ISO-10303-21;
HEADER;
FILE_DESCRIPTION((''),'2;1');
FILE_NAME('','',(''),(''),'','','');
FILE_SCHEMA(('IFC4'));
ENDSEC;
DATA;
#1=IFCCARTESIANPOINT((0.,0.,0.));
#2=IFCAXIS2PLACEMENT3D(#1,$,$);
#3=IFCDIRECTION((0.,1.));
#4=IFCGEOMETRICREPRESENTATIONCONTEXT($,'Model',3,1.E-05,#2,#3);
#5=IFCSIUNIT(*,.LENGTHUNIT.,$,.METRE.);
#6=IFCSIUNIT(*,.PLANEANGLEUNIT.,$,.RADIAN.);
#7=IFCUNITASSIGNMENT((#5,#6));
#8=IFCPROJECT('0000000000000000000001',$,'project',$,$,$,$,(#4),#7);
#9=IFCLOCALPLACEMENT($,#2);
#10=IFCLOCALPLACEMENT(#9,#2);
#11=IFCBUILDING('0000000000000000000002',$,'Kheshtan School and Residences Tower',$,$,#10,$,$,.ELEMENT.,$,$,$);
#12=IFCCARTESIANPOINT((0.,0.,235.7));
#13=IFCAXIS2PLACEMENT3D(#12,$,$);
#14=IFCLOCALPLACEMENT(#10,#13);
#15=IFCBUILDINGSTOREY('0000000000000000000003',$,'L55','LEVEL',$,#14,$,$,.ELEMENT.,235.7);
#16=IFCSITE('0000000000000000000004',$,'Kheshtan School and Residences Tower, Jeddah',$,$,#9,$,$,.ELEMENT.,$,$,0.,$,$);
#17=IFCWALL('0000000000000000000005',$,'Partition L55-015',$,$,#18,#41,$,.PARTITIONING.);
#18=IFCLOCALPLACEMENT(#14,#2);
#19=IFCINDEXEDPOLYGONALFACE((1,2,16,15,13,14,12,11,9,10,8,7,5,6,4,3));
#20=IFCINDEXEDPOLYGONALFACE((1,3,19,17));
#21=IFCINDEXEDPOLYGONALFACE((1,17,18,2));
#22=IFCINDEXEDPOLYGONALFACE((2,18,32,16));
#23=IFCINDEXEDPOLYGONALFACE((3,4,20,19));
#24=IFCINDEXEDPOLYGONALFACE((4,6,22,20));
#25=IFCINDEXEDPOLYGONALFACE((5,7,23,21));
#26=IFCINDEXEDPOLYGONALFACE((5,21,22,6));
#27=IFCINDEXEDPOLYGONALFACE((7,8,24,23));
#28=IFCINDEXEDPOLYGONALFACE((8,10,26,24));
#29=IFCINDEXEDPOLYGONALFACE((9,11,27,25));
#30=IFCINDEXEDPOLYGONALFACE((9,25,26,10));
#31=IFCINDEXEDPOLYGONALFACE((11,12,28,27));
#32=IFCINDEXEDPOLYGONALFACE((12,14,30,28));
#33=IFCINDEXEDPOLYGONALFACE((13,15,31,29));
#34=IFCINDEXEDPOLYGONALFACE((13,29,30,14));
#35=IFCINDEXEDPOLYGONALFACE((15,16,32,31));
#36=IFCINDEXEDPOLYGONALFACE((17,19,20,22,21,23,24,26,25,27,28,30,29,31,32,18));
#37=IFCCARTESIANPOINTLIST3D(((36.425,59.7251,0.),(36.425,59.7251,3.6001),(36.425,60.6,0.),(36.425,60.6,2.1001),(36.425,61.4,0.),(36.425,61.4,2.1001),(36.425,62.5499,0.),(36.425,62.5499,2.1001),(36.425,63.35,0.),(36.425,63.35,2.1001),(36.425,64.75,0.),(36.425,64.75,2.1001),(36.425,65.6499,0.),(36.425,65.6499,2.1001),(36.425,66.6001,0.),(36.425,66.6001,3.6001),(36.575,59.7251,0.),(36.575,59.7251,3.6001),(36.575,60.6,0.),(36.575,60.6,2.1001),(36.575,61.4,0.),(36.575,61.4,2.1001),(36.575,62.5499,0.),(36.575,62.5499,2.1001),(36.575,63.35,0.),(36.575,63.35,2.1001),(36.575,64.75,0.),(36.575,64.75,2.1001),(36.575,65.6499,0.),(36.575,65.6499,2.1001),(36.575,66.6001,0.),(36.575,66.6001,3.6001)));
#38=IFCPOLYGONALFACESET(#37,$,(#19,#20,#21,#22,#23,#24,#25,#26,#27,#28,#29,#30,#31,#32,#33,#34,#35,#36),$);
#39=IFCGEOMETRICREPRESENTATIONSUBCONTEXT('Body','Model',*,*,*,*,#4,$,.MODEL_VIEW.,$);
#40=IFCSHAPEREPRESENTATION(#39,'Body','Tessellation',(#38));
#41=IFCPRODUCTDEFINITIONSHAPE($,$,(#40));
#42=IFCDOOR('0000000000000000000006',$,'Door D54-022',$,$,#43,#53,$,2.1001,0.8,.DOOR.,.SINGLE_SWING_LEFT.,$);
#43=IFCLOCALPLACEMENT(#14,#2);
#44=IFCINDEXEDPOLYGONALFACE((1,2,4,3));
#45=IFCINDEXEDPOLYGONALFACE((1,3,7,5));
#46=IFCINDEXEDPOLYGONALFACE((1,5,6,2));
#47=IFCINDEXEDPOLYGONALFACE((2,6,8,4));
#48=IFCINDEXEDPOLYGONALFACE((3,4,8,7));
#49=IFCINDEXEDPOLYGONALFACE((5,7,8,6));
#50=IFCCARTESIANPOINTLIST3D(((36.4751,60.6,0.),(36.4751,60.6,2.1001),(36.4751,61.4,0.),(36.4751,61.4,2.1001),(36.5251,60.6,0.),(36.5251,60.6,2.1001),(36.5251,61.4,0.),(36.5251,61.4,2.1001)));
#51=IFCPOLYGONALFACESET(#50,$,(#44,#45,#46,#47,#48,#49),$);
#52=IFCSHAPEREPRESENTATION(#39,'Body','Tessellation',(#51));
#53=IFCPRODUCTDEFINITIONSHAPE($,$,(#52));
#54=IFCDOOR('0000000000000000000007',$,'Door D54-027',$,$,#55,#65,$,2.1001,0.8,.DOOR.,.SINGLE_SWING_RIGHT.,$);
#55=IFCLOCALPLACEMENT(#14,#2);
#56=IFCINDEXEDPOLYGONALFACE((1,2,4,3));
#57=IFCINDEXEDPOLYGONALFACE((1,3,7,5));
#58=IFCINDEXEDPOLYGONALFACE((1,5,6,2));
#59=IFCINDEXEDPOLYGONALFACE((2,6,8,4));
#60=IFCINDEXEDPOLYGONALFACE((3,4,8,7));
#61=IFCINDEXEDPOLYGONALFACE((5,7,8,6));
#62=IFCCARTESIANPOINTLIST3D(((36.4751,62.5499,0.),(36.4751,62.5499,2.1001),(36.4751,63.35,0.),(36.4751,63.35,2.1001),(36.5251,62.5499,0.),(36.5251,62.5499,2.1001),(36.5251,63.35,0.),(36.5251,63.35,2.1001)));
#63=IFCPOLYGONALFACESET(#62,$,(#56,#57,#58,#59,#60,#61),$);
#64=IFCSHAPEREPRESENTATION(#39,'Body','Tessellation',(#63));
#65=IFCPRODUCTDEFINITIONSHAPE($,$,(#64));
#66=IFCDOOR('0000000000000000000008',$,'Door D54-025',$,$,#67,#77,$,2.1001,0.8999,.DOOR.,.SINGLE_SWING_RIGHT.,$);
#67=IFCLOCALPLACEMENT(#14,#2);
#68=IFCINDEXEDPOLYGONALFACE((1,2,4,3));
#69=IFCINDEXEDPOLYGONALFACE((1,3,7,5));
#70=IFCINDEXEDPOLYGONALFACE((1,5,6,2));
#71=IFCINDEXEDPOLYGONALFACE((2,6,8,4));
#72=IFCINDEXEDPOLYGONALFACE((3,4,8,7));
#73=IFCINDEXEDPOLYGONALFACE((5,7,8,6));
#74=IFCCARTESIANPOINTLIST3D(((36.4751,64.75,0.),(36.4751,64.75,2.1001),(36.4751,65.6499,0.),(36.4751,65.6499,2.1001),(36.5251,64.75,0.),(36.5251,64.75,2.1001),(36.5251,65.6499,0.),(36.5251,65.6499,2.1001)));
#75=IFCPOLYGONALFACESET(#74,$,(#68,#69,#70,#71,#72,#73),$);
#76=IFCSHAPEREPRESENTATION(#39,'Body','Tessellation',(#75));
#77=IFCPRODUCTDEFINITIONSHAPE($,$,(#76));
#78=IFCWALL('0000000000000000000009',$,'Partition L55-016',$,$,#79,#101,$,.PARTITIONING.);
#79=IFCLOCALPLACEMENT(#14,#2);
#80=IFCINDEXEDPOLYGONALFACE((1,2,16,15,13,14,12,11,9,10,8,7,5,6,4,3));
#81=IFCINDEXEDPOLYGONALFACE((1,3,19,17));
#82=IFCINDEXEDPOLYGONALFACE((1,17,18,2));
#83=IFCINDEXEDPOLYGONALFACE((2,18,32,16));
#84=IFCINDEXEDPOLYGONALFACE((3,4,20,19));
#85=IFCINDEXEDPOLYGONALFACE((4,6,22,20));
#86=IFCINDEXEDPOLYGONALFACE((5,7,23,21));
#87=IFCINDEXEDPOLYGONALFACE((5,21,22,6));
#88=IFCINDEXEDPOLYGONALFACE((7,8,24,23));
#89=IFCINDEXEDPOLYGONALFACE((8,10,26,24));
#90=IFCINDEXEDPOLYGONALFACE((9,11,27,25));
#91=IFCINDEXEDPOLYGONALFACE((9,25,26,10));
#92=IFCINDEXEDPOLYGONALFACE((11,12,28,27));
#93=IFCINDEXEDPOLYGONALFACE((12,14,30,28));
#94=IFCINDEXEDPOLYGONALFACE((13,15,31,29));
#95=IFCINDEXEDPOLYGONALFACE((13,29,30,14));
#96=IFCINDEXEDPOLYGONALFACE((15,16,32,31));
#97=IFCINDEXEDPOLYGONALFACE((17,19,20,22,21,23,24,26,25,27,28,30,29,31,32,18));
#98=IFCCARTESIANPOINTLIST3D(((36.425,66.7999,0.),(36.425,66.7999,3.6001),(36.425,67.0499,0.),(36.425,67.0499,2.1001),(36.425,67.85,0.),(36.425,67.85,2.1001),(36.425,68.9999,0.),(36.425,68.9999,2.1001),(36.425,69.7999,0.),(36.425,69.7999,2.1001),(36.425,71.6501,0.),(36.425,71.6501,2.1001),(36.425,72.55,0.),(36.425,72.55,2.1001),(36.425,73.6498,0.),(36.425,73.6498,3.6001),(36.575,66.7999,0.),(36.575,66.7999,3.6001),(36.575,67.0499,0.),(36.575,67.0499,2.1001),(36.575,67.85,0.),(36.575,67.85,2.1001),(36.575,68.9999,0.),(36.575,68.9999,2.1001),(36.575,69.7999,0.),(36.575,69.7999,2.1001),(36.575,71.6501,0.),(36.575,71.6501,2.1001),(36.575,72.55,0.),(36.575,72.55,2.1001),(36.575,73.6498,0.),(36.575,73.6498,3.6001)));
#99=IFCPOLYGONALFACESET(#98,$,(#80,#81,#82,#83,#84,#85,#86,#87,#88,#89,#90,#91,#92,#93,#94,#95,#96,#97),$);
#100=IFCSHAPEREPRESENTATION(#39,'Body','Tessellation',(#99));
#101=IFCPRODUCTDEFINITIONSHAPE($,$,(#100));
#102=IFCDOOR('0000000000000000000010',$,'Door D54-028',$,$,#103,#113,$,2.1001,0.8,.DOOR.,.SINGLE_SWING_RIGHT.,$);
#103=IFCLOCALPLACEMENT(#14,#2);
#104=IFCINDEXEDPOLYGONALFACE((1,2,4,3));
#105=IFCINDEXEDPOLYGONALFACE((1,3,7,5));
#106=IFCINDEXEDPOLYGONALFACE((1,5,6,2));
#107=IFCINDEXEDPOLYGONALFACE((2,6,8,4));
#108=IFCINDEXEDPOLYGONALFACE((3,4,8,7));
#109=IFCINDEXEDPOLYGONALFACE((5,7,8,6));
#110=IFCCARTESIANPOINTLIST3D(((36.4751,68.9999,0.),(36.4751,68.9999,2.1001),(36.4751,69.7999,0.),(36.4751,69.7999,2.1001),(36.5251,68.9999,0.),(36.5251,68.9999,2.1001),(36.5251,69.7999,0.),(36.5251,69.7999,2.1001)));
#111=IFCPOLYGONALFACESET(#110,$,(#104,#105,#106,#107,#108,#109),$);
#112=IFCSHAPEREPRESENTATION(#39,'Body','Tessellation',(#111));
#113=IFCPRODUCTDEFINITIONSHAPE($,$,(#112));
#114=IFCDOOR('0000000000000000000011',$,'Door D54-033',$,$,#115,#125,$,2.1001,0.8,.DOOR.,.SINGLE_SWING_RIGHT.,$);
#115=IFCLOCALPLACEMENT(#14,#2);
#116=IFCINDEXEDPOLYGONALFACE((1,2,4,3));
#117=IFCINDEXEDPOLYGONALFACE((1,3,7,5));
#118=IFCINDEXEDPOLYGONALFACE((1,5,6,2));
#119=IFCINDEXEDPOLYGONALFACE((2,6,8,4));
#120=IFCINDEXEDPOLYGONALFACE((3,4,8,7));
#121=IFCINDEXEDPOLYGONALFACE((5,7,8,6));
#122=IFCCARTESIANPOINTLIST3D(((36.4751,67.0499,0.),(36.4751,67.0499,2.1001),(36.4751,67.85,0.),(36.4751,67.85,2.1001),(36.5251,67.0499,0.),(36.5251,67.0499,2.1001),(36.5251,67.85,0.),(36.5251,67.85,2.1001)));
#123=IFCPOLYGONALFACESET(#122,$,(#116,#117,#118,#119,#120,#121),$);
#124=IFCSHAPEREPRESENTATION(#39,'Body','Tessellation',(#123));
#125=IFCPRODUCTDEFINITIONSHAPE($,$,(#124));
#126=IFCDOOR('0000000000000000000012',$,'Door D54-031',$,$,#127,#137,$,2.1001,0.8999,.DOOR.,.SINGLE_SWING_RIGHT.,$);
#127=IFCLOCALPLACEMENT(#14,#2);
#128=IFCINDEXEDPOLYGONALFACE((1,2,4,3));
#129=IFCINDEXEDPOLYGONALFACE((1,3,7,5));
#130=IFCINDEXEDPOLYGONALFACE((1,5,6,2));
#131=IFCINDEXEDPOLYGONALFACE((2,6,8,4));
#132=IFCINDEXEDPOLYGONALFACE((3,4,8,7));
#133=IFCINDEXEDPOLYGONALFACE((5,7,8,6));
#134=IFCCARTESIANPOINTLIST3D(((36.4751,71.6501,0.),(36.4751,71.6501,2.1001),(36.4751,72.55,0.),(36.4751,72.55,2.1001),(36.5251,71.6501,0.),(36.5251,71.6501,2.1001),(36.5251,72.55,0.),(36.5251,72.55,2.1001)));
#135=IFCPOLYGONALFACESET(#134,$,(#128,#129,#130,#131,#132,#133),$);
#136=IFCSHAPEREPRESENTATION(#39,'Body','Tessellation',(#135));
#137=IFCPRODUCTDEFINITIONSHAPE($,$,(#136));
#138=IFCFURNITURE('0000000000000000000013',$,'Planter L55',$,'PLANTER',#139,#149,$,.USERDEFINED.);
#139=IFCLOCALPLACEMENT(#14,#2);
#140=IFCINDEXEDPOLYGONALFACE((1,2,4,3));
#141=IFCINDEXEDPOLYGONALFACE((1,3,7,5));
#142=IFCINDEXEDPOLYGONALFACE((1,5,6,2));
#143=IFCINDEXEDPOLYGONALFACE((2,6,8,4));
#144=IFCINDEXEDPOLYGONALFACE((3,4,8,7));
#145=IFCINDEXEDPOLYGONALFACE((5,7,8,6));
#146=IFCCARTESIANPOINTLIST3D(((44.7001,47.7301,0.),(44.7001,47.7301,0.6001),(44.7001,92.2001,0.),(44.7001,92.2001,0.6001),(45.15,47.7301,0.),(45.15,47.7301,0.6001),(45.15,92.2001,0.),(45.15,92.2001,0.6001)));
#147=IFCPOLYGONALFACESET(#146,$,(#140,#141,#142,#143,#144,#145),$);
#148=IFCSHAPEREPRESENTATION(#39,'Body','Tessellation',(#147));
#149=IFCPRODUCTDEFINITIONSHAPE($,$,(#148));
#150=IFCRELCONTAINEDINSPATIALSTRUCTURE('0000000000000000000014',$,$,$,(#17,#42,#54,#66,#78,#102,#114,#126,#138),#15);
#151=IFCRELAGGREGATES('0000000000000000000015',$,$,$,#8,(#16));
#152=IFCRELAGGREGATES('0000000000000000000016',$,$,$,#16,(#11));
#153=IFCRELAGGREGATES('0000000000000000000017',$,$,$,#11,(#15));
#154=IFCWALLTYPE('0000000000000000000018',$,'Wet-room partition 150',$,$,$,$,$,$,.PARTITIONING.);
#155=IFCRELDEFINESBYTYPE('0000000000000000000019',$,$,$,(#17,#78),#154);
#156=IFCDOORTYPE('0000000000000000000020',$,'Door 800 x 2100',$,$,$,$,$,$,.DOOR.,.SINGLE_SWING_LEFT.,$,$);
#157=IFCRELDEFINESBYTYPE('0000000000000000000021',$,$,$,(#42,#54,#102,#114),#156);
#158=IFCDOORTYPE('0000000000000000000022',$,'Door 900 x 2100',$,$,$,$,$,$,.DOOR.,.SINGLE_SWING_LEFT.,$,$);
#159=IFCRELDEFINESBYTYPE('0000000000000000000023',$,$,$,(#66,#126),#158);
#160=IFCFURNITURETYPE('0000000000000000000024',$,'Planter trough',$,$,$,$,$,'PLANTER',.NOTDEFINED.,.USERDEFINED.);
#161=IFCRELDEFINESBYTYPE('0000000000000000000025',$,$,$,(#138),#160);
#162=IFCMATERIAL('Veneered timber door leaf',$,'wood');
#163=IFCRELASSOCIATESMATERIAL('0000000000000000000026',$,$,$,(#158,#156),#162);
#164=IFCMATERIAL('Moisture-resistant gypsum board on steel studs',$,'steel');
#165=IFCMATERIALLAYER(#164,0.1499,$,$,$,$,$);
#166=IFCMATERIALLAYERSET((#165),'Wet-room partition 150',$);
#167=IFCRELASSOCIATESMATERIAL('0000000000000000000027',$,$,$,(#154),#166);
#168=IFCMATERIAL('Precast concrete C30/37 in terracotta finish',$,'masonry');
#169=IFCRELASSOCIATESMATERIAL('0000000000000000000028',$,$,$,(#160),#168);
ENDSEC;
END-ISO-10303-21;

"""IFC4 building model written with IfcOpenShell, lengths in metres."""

from ifc_helpers import new_model, si_unit, direction, frame, frame_2d, origin, origin_2d, place, context, subcontext, project, spatial, rectangle, extrude, source, transform, mapped, material, layer, layer_set, type_object, element, fill, save


model = new_model("IFC4")

# Units and contexts
model_context = context("Model", 3, precision=1e-05, world=origin(), true_north=direction((0.0, 1.0)))
body_context = subcontext(model_context, "Body", "Model", "MODEL_VIEW")
ifc_project = project(units=[si_unit("LENGTHUNIT", "METRE"), si_unit("PLANEANGLEUNIT", "RADIAN")], contexts=[model_context])

# Site, building, storey
site_placement = place(None, origin())
site = spatial("IfcSite", under=ifc_project, at=site_placement, Name="Kheshtan School and Residences Tower, Jeddah", CompositionType="ELEMENT", RefElevation=0.0)
building_placement = place(site_placement, origin())
building = spatial("IfcBuilding", under=site, at=building_placement, Name="Kheshtan School and Residences Tower", CompositionType="ELEMENT")
storey_placement = place(building_placement, frame((0.0, 0.0, 235.7)))
storey = spatial("IfcBuildingStorey", under=building, at=storey_placement, Name="L55", Description="LEVEL", CompositionType="ELEMENT", Elevation=235.7)

# Shared definitions
ifc_material_1 = material(Name="Veneered timber door leaf", Category="wood")
door_type_1 = type_object("IfcDoorType", Name="Door 900 x 2100", OperationType="SINGLE_SWING_LEFT", PredefinedType="DOOR", material=ifc_material_1)
shared_shape_1 = source(origin(), body_context, "Body", "SweptSolid", [
    extrude(rectangle(XDim=0.8999, YDim=2.1001, at=frame_2d((0.45, 1.05))), frame((0.0, 0.0249, 0.0), z_axis=(0.0, -1.0, 0.0), x_axis=(1.0, 0.0, 0.0)), (0.0, 0.0, 1.0), 0.05),
])

# Shared definitions
ifc_material_2 = material(Name="Moisture-resistant gypsum board on steel studs", Category="steel")
ifc_layer_1 = layer(ifc_material_2, 0.1499)
ifc_layer_set_1 = layer_set([ifc_layer_1], Name="Wet-room partition 150")
wall_type_1 = type_object("IfcWallType", Name="Wet-room partition 150", PredefinedType="PARTITIONING", material=ifc_layer_set_1)

# Walls, openings, doors
wall_1_placement = place(storey_placement, frame((36.5, 59.7251, 0.0), z_axis=(0.0, 0.0, 1.0), x_axis=(0.0, 1.0, 0.0)))
wall_1 = element("IfcWall", 1, at=wall_1_placement, inside=storey, type_object=wall_type_1, Name="Partition L55-015", PredefinedType="PARTITIONING", context=body_context, shape_type="SweptSolid", body=[
    extrude(rectangle(XDim=6.875, YDim=0.1499, at=frame_2d((3.4375, 0.0))), origin(), (0.0, 0.0, 1.0), 3.6001),
])
opening_1_placement = place(wall_1_placement, frame((0.875, 0.0, 0.0)))
opening_1 = element("IfcOpeningElement", 2, at=opening_1_placement, cuts=wall_1, PredefinedType="OPENING", context=body_context, shape_type="SweptSolid", body=[
    extrude(rectangle(XDim=0.8, YDim=2.1001, at=frame_2d((0.3999, 1.05))), frame((0.0, 0.085, 0.0), z_axis=(0.0, -1.0, 0.0), x_axis=(1.0, 0.0, 0.0)), (0.0, 0.0, 1.0), 0.1699),
])
opening_2_placement = place(wall_1_placement, frame((5.0249, 0.0, 0.0)))
opening_2 = element("IfcOpeningElement", 3, at=opening_2_placement, cuts=wall_1, PredefinedType="OPENING", context=body_context, shape_type="SweptSolid", body=[
    extrude(rectangle(XDim=0.8999, YDim=2.1001, at=frame_2d((0.45, 1.05))), frame((0.0, 0.085, 0.0), z_axis=(0.0, -1.0, 0.0), x_axis=(1.0, 0.0, 0.0)), (0.0, 0.0, 1.0), 0.1699),
])
opening_3_placement = place(wall_1_placement, frame((2.825, 0.0, 0.0)))
opening_3 = element("IfcOpeningElement", 4, at=opening_3_placement, cuts=wall_1, PredefinedType="OPENING", context=body_context, shape_type="SweptSolid", body=[
    extrude(rectangle(XDim=0.8, YDim=2.1001, at=frame_2d((0.3999, 1.05))), frame((0.0, 0.085, 0.0), z_axis=(0.0, -1.0, 0.0), x_axis=(1.0, 0.0, 0.0)), (0.0, 0.0, 1.0), 0.1699),
])
door_type_2 = type_object("IfcDoorType", Name="Door 800 x 2100", OperationType="SINGLE_SWING_LEFT", PredefinedType="DOOR", material=ifc_material_1)
shared_shape_2 = source(origin(), body_context, "Body", "SweptSolid", [
    extrude(rectangle(XDim=0.8, YDim=2.1001, at=frame_2d((0.3999, 1.05))), frame((0.0, 0.0249, 0.0), z_axis=(0.0, -1.0, 0.0), x_axis=(1.0, 0.0, 0.0)), (0.0, 0.0, 1.0), 0.05),
])
door_1_placement = place(opening_1_placement, origin())
door_1 = element("IfcDoor", 5, at=door_1_placement, inside=storey, type_object=door_type_2, Name="Door D54-022", OperationType="SINGLE_SWING_LEFT", OverallHeight=2.1001, OverallWidth=0.8, PredefinedType="DOOR", context=body_context, shape_type="MappedRepresentation", body=[
    mapped(shared_shape_2, transform((0.0, 0.0, 0.0), x_axis=(1.0, 0.0, 0.0), y_axis=(0.0, 1.0, 0.0), z_axis=(0.0, 0.0, 1.0), scale=1.0)),
])
fill(opening_1, door_1)
door_2_placement = place(opening_3_placement, origin())
door_2 = element("IfcDoor", 6, at=door_2_placement, inside=storey, type_object=door_type_2, Name="Door D54-027", OperationType="SINGLE_SWING_RIGHT", OverallHeight=2.1001, OverallWidth=0.8, PredefinedType="DOOR", context=body_context, shape_type="MappedRepresentation", body=[
    mapped(shared_shape_2, transform((0.0, 0.0, 0.0), x_axis=(1.0, 0.0, 0.0), y_axis=(0.0, 1.0, 0.0), z_axis=(0.0, 0.0, 1.0), scale=1.0)),
])
fill(opening_3, door_2)
door_3_placement = place(opening_2_placement, origin())
door_3 = element("IfcDoor", 7, at=door_3_placement, inside=storey, type_object=door_type_1, Name="Door D54-025", OperationType="SINGLE_SWING_RIGHT", OverallHeight=2.1001, OverallWidth=0.8999, PredefinedType="DOOR", context=body_context, shape_type="MappedRepresentation", body=[
    mapped(shared_shape_1, transform((0.0, 0.0, 0.0), x_axis=(1.0, 0.0, 0.0), y_axis=(0.0, 1.0, 0.0), z_axis=(0.0, 0.0, 1.0), scale=1.0)),
])
fill(opening_2, door_3)
wall_2_placement = place(storey_placement, frame((36.5, 66.8, 0.0), z_axis=(0.0, 0.0, 1.0), x_axis=(0.0, 1.0, 0.0)))
wall_2 = element("IfcWall", 8, at=wall_2_placement, inside=storey, type_object=wall_type_1, Name="Partition L55-016", PredefinedType="PARTITIONING", context=body_context, shape_type="SweptSolid", body=[
    extrude(rectangle(XDim=6.8499, YDim=0.1499, at=frame_2d((3.4248, 0.0))), origin(), (0.0, 0.0, 1.0), 3.6001),
])
opening_4_placement = place(wall_2_placement, frame((2.2, 0.0, 0.0)))
opening_4 = element("IfcOpeningElement", 9, at=opening_4_placement, cuts=wall_2, PredefinedType="OPENING", context=body_context, shape_type="SweptSolid", body=[
    extrude(rectangle(XDim=0.8, YDim=2.1001, at=frame_2d((0.3999, 1.05))), frame((0.0, 0.085, 0.0), z_axis=(0.0, -1.0, 0.0), x_axis=(1.0, 0.0, 0.0)), (0.0, 0.0, 1.0), 0.1699),
])
opening_5_placement = place(wall_2_placement, frame((4.8501, 0.0, 0.0)))
opening_5 = element("IfcOpeningElement", 10, at=opening_5_placement, cuts=wall_2, PredefinedType="OPENING", context=body_context, shape_type="SweptSolid", body=[
    extrude(rectangle(XDim=0.8999, YDim=2.1001, at=frame_2d((0.45, 1.05))), frame((0.0, 0.085, 0.0), z_axis=(0.0, -1.0, 0.0), x_axis=(1.0, 0.0, 0.0)), (0.0, 0.0, 1.0), 0.1699),
])
opening_6_placement = place(wall_2_placement, frame((0.25, 0.0, 0.0)))
opening_6 = element("IfcOpeningElement", 11, at=opening_6_placement, cuts=wall_2, PredefinedType="OPENING", context=body_context, shape_type="SweptSolid", body=[
    extrude(rectangle(XDim=0.8, YDim=2.1001, at=frame_2d((0.3999, 1.05))), frame((0.0, 0.085, 0.0), z_axis=(0.0, -1.0, 0.0), x_axis=(1.0, 0.0, 0.0)), (0.0, 0.0, 1.0), 0.1699),
])
door_4_placement = place(opening_4_placement, origin())
door_4 = element("IfcDoor", 12, at=door_4_placement, inside=storey, type_object=door_type_2, Name="Door D54-028", OperationType="SINGLE_SWING_RIGHT", OverallHeight=2.1001, OverallWidth=0.8, PredefinedType="DOOR", context=body_context, shape_type="MappedRepresentation", body=[
    mapped(shared_shape_2, transform((0.0, 0.0, 0.0), x_axis=(1.0, 0.0, 0.0), y_axis=(0.0, 1.0, 0.0), z_axis=(0.0, 0.0, 1.0), scale=1.0)),
])
fill(opening_4, door_4)
door_5_placement = place(opening_6_placement, origin())
door_5 = element("IfcDoor", 13, at=door_5_placement, inside=storey, type_object=door_type_2, Name="Door D54-033", OperationType="SINGLE_SWING_RIGHT", OverallHeight=2.1001, OverallWidth=0.8, PredefinedType="DOOR", context=body_context, shape_type="MappedRepresentation", body=[
    mapped(shared_shape_2, transform((0.0, 0.0, 0.0), x_axis=(1.0, 0.0, 0.0), y_axis=(0.0, 1.0, 0.0), z_axis=(0.0, 0.0, 1.0), scale=1.0)),
])
fill(opening_6, door_5)
door_6_placement = place(opening_5_placement, origin())
door_6 = element("IfcDoor", 14, at=door_6_placement, inside=storey, type_object=door_type_1, Name="Door D54-031", OperationType="SINGLE_SWING_RIGHT", OverallHeight=2.1001, OverallWidth=0.8999, PredefinedType="DOOR", context=body_context, shape_type="MappedRepresentation", body=[
    mapped(shared_shape_1, transform((0.0, 0.0, 0.0), x_axis=(1.0, 0.0, 0.0), y_axis=(0.0, 1.0, 0.0), z_axis=(0.0, 0.0, 1.0), scale=1.0)),
])
fill(opening_5, door_6)

# Furniture
ifc_material_3 = material(Name="Precast concrete C30/37 in terracotta finish", Category="masonry")
furniture_type = type_object("IfcFurnitureType", Name="Planter trough", ElementType="PLANTER", AssemblyPlace="NOTDEFINED", PredefinedType="USERDEFINED", material=ifc_material_3)
furniture_placement = place(storey_placement, frame((44.925, 69.9651, 0.0), z_axis=(0.0, 0.0, 1.0), x_axis=(0.0, -1.0, 0.0)))
element("IfcFurniture", 15, at=furniture_placement, inside=storey, type_object=furniture_type, Name="Planter L55", ObjectType="PLANTER", PredefinedType="USERDEFINED", context=body_context, shape_type="SweptSolid", body=[
    extrude(rectangle(XDim=44.47, YDim=0.45, at=origin_2d()), origin(), (0.0, 0.0, 1.0), 0.6001),
])

save(model, "model.ifc")
